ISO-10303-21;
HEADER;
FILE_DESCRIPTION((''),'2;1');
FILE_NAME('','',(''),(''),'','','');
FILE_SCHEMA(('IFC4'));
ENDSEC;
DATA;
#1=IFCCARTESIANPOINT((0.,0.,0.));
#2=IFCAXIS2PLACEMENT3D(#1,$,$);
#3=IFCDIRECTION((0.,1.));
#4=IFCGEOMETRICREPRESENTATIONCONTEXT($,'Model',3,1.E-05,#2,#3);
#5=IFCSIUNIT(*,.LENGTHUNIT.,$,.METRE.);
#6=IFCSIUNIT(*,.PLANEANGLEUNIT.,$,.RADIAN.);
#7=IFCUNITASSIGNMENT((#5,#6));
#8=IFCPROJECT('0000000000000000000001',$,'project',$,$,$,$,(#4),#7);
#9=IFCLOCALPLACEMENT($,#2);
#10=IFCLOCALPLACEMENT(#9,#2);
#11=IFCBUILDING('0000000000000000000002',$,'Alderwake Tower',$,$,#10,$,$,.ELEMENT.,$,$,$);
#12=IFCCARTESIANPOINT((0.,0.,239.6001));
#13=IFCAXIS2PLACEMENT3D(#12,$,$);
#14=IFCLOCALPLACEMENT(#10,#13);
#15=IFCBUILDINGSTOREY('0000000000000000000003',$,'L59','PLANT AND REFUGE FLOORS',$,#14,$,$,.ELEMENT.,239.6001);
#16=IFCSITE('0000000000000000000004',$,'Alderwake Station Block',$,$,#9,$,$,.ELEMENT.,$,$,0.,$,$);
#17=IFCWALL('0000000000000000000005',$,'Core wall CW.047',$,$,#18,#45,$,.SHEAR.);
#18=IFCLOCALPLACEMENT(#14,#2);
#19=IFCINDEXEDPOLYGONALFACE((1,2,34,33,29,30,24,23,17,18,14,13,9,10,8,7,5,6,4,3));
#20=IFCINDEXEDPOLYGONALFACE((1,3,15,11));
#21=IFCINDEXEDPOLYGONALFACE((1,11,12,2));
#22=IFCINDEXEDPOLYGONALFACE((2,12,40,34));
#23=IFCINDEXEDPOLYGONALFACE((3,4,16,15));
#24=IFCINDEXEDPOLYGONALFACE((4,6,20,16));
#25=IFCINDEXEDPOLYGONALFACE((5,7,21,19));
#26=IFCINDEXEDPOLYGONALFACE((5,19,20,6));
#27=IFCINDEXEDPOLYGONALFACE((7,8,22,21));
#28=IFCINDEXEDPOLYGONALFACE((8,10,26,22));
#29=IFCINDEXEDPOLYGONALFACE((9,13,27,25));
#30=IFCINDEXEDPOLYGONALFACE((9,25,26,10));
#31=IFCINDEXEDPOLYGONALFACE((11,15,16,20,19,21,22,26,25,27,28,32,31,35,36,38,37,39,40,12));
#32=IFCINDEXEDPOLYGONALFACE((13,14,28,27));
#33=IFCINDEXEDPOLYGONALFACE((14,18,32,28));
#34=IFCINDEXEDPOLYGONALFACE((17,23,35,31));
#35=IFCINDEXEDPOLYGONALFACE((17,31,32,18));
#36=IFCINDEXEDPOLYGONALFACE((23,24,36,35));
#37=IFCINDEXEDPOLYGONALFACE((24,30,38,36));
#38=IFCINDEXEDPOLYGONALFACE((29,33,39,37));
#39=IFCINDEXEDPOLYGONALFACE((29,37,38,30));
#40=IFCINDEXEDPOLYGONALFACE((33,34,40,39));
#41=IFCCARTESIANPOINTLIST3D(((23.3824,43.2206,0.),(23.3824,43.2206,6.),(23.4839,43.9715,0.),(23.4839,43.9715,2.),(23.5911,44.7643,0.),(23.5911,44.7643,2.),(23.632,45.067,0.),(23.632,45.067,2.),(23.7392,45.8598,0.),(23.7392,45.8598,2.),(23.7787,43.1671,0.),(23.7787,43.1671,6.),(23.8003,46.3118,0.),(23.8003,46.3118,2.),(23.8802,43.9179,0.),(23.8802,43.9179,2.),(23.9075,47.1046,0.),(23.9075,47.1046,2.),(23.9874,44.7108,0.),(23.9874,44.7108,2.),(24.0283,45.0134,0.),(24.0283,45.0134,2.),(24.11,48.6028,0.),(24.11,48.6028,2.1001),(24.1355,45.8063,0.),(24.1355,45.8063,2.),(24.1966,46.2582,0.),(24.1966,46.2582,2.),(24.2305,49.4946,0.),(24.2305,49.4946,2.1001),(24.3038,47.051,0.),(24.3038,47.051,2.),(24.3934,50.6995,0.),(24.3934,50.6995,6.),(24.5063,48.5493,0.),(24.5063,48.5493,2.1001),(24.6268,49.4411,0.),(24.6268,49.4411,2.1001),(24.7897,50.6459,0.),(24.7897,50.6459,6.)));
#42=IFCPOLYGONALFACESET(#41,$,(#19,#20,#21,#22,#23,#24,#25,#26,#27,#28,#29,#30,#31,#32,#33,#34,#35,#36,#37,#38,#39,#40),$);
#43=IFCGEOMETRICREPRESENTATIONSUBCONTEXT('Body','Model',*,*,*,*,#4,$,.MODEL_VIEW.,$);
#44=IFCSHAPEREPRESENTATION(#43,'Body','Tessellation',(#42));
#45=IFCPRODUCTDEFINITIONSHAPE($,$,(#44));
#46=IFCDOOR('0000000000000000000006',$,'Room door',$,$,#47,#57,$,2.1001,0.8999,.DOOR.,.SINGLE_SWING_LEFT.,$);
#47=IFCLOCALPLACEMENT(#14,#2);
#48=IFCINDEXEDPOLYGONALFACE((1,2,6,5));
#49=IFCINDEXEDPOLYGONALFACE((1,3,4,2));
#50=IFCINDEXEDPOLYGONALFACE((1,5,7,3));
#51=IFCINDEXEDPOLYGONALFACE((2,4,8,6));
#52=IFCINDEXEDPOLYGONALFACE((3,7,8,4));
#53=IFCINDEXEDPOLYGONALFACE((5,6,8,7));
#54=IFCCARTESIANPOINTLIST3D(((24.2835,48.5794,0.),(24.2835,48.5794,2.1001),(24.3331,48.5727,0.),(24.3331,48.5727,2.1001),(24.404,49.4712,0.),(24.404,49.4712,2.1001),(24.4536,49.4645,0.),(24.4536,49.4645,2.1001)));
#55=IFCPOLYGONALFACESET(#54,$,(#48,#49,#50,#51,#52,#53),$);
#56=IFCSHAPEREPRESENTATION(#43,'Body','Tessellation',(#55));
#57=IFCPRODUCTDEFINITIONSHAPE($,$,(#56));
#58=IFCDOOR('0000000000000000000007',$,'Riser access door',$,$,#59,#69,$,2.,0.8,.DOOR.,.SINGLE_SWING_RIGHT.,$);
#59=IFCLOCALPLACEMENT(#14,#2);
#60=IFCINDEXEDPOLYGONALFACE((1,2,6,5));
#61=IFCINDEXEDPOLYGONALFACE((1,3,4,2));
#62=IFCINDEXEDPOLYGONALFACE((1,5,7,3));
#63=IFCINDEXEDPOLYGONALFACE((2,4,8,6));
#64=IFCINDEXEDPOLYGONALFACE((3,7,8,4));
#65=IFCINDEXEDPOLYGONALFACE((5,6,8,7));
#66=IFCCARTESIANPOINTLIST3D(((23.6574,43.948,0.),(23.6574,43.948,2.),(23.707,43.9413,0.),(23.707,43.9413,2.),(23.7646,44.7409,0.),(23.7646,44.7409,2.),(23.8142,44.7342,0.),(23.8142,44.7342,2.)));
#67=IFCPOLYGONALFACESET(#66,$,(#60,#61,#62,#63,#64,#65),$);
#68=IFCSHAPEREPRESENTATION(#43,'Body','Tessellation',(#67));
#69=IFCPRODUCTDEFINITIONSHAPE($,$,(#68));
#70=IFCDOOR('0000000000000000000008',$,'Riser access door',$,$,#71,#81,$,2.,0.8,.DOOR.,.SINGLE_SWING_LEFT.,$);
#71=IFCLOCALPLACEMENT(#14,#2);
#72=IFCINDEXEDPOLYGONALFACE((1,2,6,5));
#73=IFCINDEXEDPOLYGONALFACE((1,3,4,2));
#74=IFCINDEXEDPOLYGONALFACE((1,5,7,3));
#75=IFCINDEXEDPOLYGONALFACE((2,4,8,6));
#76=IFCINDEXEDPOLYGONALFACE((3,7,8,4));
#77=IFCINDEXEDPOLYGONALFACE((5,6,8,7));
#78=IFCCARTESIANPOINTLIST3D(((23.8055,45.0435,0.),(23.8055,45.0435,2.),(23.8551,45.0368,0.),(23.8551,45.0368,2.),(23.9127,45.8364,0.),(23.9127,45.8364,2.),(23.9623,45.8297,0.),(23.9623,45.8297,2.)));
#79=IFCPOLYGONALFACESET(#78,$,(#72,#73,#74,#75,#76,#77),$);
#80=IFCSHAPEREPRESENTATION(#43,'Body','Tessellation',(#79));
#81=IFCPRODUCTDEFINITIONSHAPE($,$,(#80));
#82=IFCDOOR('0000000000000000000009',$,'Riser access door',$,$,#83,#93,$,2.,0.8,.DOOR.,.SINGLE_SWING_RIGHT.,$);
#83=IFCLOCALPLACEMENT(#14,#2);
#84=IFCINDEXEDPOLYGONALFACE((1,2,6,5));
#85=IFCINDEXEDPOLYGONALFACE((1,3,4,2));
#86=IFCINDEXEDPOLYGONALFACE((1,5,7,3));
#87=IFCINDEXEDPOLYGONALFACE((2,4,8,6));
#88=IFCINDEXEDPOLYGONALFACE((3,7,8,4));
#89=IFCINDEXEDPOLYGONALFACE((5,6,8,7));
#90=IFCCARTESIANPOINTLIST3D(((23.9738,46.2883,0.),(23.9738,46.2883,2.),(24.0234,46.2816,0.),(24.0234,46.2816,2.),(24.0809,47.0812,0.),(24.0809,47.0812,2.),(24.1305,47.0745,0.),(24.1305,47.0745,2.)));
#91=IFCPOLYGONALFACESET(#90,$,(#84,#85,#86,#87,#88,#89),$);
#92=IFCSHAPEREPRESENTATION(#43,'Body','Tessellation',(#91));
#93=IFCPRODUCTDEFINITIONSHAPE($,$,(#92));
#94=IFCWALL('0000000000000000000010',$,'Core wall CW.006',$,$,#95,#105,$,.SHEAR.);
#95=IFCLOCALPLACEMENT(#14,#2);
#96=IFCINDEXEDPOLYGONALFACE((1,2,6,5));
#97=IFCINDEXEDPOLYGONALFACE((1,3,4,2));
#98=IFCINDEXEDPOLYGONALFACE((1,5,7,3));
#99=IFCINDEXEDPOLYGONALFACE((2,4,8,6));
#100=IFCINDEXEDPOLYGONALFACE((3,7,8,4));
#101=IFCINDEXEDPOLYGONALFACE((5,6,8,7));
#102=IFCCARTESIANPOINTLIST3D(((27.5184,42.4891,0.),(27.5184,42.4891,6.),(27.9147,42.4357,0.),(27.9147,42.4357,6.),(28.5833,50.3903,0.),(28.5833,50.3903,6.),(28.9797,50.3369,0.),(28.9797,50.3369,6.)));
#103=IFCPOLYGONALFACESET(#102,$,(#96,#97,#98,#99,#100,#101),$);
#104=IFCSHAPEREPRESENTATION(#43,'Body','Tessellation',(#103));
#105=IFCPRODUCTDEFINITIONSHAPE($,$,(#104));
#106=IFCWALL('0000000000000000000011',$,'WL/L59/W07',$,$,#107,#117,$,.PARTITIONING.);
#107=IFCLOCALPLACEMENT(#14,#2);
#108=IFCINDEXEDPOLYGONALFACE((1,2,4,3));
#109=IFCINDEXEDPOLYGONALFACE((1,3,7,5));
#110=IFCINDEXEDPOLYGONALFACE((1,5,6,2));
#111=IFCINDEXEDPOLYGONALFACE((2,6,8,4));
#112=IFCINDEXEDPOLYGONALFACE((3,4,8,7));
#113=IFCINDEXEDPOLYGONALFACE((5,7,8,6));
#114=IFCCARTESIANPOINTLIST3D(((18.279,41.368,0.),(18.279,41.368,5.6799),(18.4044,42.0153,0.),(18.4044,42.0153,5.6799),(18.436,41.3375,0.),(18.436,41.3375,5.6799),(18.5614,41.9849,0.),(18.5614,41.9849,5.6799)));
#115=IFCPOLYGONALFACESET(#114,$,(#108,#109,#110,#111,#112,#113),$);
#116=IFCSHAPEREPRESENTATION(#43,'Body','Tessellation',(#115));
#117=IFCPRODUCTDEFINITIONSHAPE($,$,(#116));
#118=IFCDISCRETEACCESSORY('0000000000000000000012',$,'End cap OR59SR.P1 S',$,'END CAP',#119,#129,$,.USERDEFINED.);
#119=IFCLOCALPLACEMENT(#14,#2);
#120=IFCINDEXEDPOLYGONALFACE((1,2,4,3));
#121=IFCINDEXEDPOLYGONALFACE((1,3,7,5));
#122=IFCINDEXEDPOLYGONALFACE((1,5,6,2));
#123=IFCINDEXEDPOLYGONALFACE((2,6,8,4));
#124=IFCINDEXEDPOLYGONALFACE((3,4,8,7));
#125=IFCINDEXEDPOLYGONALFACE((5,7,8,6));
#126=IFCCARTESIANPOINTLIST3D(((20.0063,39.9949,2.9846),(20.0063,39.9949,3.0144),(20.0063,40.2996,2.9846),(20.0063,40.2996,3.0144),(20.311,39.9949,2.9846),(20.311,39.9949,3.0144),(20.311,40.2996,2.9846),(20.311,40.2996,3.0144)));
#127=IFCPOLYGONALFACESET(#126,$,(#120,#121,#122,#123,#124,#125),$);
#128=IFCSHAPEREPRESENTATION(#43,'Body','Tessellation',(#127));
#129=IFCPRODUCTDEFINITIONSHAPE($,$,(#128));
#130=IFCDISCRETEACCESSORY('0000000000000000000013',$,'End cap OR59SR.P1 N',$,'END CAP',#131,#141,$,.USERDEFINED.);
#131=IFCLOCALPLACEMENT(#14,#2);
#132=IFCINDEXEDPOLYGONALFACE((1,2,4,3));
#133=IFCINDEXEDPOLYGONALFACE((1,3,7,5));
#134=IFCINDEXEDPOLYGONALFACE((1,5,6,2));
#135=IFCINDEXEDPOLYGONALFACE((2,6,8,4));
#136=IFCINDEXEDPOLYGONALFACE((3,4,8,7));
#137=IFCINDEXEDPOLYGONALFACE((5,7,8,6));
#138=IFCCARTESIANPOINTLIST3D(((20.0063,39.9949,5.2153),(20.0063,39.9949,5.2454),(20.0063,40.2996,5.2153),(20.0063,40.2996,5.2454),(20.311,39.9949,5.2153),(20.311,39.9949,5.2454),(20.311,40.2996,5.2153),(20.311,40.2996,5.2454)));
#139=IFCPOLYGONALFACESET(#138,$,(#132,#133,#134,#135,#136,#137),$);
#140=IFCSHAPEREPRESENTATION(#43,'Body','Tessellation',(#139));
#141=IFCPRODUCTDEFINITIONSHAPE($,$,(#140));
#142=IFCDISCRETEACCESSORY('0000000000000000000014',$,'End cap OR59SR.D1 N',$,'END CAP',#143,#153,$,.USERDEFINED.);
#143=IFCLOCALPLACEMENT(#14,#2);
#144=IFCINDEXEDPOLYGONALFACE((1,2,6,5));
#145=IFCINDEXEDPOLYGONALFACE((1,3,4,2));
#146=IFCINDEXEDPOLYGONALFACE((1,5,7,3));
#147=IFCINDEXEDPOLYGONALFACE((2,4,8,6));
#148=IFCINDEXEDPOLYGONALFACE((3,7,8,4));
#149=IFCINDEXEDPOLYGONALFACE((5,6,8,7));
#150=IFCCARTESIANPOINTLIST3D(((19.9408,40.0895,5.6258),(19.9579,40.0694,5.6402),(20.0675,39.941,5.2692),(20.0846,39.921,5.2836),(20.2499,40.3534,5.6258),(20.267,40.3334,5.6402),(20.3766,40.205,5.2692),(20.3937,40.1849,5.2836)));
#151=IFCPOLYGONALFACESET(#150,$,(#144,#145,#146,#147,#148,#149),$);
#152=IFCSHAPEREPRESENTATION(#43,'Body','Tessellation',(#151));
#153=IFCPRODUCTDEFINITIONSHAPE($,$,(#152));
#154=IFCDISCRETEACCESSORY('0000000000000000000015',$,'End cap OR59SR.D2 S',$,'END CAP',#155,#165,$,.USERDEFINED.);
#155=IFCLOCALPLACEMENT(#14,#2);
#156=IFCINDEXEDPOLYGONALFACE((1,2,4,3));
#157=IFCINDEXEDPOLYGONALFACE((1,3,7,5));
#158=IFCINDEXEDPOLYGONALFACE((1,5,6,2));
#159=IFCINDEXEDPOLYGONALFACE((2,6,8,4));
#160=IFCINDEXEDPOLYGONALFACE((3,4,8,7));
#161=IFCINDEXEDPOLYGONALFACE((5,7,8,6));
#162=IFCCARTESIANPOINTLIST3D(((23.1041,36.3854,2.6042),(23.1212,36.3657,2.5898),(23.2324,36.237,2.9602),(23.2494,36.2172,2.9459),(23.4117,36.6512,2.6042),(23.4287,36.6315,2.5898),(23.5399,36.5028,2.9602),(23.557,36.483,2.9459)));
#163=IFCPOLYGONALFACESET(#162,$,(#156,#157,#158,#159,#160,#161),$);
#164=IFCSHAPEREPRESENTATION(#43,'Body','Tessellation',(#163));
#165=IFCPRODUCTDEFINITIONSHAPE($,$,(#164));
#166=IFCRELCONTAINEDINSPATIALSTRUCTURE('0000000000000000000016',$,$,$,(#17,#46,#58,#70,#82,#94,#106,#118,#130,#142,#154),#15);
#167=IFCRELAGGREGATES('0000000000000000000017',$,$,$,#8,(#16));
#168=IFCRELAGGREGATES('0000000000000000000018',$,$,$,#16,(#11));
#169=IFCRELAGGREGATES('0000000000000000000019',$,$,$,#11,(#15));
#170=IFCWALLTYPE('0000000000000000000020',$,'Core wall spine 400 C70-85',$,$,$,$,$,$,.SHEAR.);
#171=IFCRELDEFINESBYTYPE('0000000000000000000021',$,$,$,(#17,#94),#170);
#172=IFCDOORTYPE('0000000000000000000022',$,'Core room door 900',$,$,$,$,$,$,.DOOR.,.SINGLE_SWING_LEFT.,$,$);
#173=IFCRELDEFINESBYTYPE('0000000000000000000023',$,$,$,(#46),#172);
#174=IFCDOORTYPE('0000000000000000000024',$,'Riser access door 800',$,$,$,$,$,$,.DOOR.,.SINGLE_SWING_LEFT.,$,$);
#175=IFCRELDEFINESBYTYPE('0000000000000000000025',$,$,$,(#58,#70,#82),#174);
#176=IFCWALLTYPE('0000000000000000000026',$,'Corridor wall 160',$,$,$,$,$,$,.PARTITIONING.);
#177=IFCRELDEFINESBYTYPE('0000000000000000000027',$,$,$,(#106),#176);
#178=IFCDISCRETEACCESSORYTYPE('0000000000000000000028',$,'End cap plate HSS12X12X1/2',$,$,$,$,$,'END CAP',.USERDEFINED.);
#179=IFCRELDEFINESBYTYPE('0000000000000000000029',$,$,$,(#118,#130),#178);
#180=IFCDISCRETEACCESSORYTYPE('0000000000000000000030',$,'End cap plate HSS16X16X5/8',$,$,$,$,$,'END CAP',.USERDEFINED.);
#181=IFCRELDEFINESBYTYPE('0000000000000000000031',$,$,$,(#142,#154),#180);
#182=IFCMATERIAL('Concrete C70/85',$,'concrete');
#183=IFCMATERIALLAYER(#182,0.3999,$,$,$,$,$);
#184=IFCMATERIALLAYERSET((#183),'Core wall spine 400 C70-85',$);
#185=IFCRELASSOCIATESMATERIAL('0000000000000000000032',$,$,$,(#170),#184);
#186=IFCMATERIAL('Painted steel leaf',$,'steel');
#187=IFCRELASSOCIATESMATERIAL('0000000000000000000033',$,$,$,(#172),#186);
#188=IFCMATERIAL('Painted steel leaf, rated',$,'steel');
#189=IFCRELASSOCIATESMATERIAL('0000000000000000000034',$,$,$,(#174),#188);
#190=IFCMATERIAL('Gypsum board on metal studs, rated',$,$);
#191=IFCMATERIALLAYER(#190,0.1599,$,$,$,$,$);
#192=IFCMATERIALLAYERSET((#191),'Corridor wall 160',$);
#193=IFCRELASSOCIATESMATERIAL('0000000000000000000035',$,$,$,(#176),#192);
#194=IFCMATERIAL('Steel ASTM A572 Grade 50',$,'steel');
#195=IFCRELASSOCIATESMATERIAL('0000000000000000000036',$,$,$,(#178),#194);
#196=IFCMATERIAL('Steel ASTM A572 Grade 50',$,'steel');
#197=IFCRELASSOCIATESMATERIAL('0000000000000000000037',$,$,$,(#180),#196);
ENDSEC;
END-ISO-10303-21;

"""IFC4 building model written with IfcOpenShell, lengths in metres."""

from ifc_helpers import new_model, si_unit, direction, frame, frame_2d, origin, origin_2d, place, context, subcontext, project, spatial, rectangle, extrude, material, layer, layer_set, material_profile, profile_set, type_object, element, fill, save


model = new_model("IFC4")

# Units and contexts
model_context = context("Model", 3, precision=1e-05, world=origin(), true_north=direction((0.0, 1.0)))
body_context = subcontext(model_context, "Body", "Model", "MODEL_VIEW")
ifc_project = project(units=[si_unit("LENGTHUNIT", "METRE"), si_unit("PLANEANGLEUNIT", "RADIAN")], contexts=[model_context])

# Site, building, storey
site_placement = place(None, origin())
site = spatial("IfcSite", under=ifc_project, at=site_placement, Name="Alderwake Station Block", CompositionType="ELEMENT", RefElevation=0.0)
building_placement = place(site_placement, origin())
building = spatial("IfcBuilding", under=site, at=building_placement, Name="Alderwake Tower", CompositionType="ELEMENT")
storey_placement = place(building_placement, frame((0.0, 0.0, 239.6001)))
storey = spatial("IfcBuildingStorey", under=building, at=storey_placement, Name="L59", Description="PLANT AND REFUGE FLOORS", CompositionType="ELEMENT", Elevation=239.6001)

# Wall, openings, doors
ifc_material_1 = material(Name="Concrete C70/85", Category="concrete")
ifc_layer_1 = layer(ifc_material_1, 0.3999)
ifc_layer_set_1 = layer_set([ifc_layer_1], Name="Core wall spine 400 C70-85")
wall_type_1 = type_object("IfcWallType", Name="Core wall spine 400 C70-85", PredefinedType="SHEAR", material=ifc_layer_set_1)
wall_1_placement = place(storey_placement, frame((23.5806, 43.1938, 0.0), z_axis=(0.0, 0.0, 1.0), x_axis=(0.133963, 0.990986, 0.0)))
wall_1 = element("IfcWall", 1, at=wall_1_placement, inside=storey, type_object=wall_type_1, Name="Core wall CW.047", PredefinedType="SHEAR", context=body_context, shape_type="SweptSolid", body=[
    extrude(rectangle(XDim=7.5469, YDim=0.3999, at=frame_2d((3.7734, 0.0))), origin(), (0.0, 0.0, 1.0), 6.0),
])
opening_1_placement = place(wall_1_placement, frame((0.7578, 0.0, 0.0)))
opening_1 = element("IfcOpeningElement", 2, at=opening_1_placement, cuts=wall_1, PredefinedType="OPENING", context=body_context, shape_type="SweptSolid", body=[
    extrude(rectangle(XDim=0.8, YDim=2.0, at=frame_2d((0.3999, 1.0))), frame((0.0, 0.21, 0.0), z_axis=(0.0, -1.0, 0.0), x_axis=(1.0, 0.0, 0.0)), (0.0, 0.0, 1.0), 0.4199),
])
opening_2_placement = place(wall_1_placement, frame((1.8633, 0.0, 0.0)))
opening_2 = element("IfcOpeningElement", 3, at=opening_2_placement, cuts=wall_1, PredefinedType="OPENING", context=body_context, shape_type="SweptSolid", body=[
    extrude(rectangle(XDim=0.8, YDim=2.0, at=frame_2d((0.3999, 1.0))), frame((0.0, 0.21, 0.0), z_axis=(0.0, -1.0, 0.0), x_axis=(1.0, 0.0, 0.0)), (0.0, 0.0, 1.0), 0.4199),
])
opening_3_placement = place(wall_1_placement, frame((3.1194, 0.0, 0.0)))
opening_3 = element("IfcOpeningElement", 4, at=opening_3_placement, cuts=wall_1, PredefinedType="OPENING", context=body_context, shape_type="SweptSolid", body=[
    extrude(rectangle(XDim=0.8, YDim=2.0, at=frame_2d((0.3999, 1.0))), frame((0.0, 0.21, 0.0), z_axis=(0.0, -1.0, 0.0), x_axis=(1.0, 0.0, 0.0)), (0.0, 0.0, 1.0), 0.4199),
])
opening_4_placement = place(wall_1_placement, frame((5.4312, 0.0, 0.0)))
opening_4 = element("IfcOpeningElement", 5, at=opening_4_placement, cuts=wall_1, PredefinedType="OPENING", context=body_context, shape_type="SweptSolid", body=[
    extrude(rectangle(XDim=0.8999, YDim=2.1001, at=frame_2d((0.45, 1.05))), frame((0.0, 0.21, 0.0), z_axis=(0.0, -1.0, 0.0), x_axis=(1.0, 0.0, 0.0)), (0.0, 0.0, 1.0), 0.4199),
])
ifc_material_2 = material(Name="Painted steel leaf", Category="steel")
door_type_1 = type_object("IfcDoorType", Name="Core room door 900", OperationType="SINGLE_SWING_LEFT", PredefinedType="DOOR", material=ifc_material_2)
door_1_placement = place(opening_4_placement, origin())
door_1 = element("IfcDoor", 6, at=door_1_placement, inside=storey, type_object=door_type_1, Name="Room door", OperationType="SINGLE_SWING_LEFT", OverallHeight=2.1001, OverallWidth=0.8999, PredefinedType="DOOR", context=body_context, shape_type="SweptSolid", body=[
    extrude(rectangle(XDim=0.8999, YDim=2.1001, at=frame_2d((0.45, 1.05))), frame((0.0, 0.0249, 0.0), z_axis=(0.0, -1.0, 0.0), x_axis=(1.0, 0.0, 0.0)), (0.0, 0.0, 1.0), 0.05),
])
fill(opening_4, door_1)
ifc_material_3 = material(Name="Painted steel leaf, rated", Category="steel")
door_type_2 = type_object("IfcDoorType", Name="Riser access door 800", OperationType="SINGLE_SWING_LEFT", PredefinedType="DOOR", material=ifc_material_3)
door_2_placement = place(opening_1_placement, origin())
door_2 = element("IfcDoor", 7, at=door_2_placement, inside=storey, type_object=door_type_2, Name="Riser access door", OperationType="SINGLE_SWING_RIGHT", OverallHeight=2.0, OverallWidth=0.8, PredefinedType="DOOR", context=body_context, shape_type="SweptSolid", body=[
    extrude(rectangle(XDim=0.8, YDim=2.0, at=frame_2d((0.3999, 1.0))), frame((0.0, 0.0249, 0.0), z_axis=(0.0, -1.0, 0.0), x_axis=(1.0, 0.0, 0.0)), (0.0, 0.0, 1.0), 0.05),
])
fill(opening_1, door_2)
door_3_placement = place(opening_2_placement, origin())
door_3 = element("IfcDoor", 8, at=door_3_placement, inside=storey, type_object=door_type_2, Name="Riser access door", OperationType="SINGLE_SWING_LEFT", OverallHeight=2.0, OverallWidth=0.8, PredefinedType="DOOR", context=body_context, shape_type="SweptSolid", body=[
    extrude(rectangle(XDim=0.8, YDim=2.0, at=frame_2d((0.3999, 1.0))), frame((0.0, 0.0249, 0.0), z_axis=(0.0, -1.0, 0.0), x_axis=(1.0, 0.0, 0.0)), (0.0, 0.0, 1.0), 0.05),
])
fill(opening_2, door_3)
door_4_placement = place(opening_3_placement, origin())
door_4 = element("IfcDoor", 9, at=door_4_placement, inside=storey, type_object=door_type_2, Name="Riser access door", OperationType="SINGLE_SWING_RIGHT", OverallHeight=2.0, OverallWidth=0.8, PredefinedType="DOOR", context=body_context, shape_type="SweptSolid", body=[
    extrude(rectangle(XDim=0.8, YDim=2.0, at=frame_2d((0.3999, 1.0))), frame((0.0, 0.0249, 0.0), z_axis=(0.0, -1.0, 0.0), x_axis=(1.0, 0.0, 0.0)), (0.0, 0.0, 1.0), 0.05),
])
fill(opening_3, door_4)

# Walls
wall_2_placement = place(storey_placement, frame((27.7166, 42.4624, 0.0), z_axis=(0.0, 0.0, 1.0), x_axis=(0.133576, 0.991039, 0.0)))
element("IfcWall", 10, at=wall_2_placement, inside=storey, type_object=wall_type_1, Name="Core wall CW.006", PredefinedType="SHEAR", context=body_context, shape_type="SweptSolid", body=[
    extrude(rectangle(XDim=7.9727, YDim=0.3999, at=frame_2d((3.9863, 0.0))), origin(), (0.0, 0.0, 1.0), 6.0),
])
ifc_material_4 = material(Name="Gypsum board on metal studs, rated")
ifc_layer_2 = layer(ifc_material_4, 0.1599)
ifc_layer_set_2 = layer_set([ifc_layer_2], Name="Corridor wall 160")
wall_type_2 = type_object("IfcWallType", Name="Corridor wall 160", PredefinedType="PARTITIONING", material=ifc_layer_set_2)
wall_3_placement = place(storey_placement, frame((18.4829, 42.0, 0.0), z_axis=(0.0, 0.0, 1.0), x_axis=(-0.190275, -0.981731, 0.0)))
element("IfcWall", 11, at=wall_3_placement, inside=storey, type_object=wall_type_2, Name="WL/L59/W07", PredefinedType="PARTITIONING", context=body_context, shape_type="SweptSolid", body=[
    extrude(rectangle(XDim=0.6594, YDim=0.1599, at=frame_2d((0.3296, 0.0))), origin(), (0.0, 0.0, 1.0), 5.6799),
])

# Discrete accessories
ifc_material_5 = material(Name="Steel ASTM A572 Grade 50", Category="steel")
ifc_material_profile_1 = material_profile(ifc_material_5, rectangle(XDim=0.3047, YDim=0.3047, at=origin_2d()), Name="HSS12X12X1/2 cap")
ifc_profile_set_1 = profile_set([ifc_material_profile_1], Name="Steel ASTM A572 Grade 50")
discrete_accessory_type_1 = type_object("IfcDiscreteAccessoryType", Name="End cap plate HSS12X12X1/2", ElementType="END CAP", PredefinedType="USERDEFINED", material=ifc_profile_set_1)
discrete_accessory_1_placement = place(storey_placement, frame((20.1587, 40.1472, 3.0144), z_axis=(0.0, 0.0, -1.0), x_axis=(1.0, 0.0, 0.0)))
element("IfcDiscreteAccessory", 12, at=discrete_accessory_1_placement, inside=storey, type_object=discrete_accessory_type_1, Name="End cap OR59SR.P1 S", ObjectType="END CAP", PredefinedType="USERDEFINED", context=body_context, shape_type="SweptSolid", body=[
    extrude(rectangle(XDim=0.3047, YDim=0.3047, at=origin_2d()), origin(), (0.0, 0.0, 1.0), 0.0298),
])
discrete_accessory_2_placement = place(storey_placement, frame((20.1587, 40.1472, 5.2153), z_axis=(0.0, 0.0, 1.0), x_axis=(1.0, 0.0, 0.0)))
element("IfcDiscreteAccessory", 13, at=discrete_accessory_2_placement, inside=storey, type_object=discrete_accessory_type_1, Name="End cap OR59SR.P1 N", ObjectType="END CAP", PredefinedType="USERDEFINED", context=body_context, shape_type="SweptSolid", body=[
    extrude(rectangle(XDim=0.3047, YDim=0.3047, at=origin_2d()), origin(), (0.0, 0.0, 1.0), 0.03),
])
ifc_material_6 = material(Name="Steel ASTM A572 Grade 50", Category="steel")
ifc_material_profile_2 = material_profile(ifc_material_6, rectangle(XDim=0.4065, YDim=0.4065, at=origin_2d()), Name="HSS16X16X5/8 cap")
ifc_profile_set_2 = profile_set([ifc_material_profile_2], Name="Steel ASTM A572 Grade 50")
discrete_accessory_type_2 = type_object("IfcDiscreteAccessoryType", Name="End cap plate HSS16X16X5/8", ElementType="END CAP", PredefinedType="USERDEFINED", material=ifc_profile_set_2)
discrete_accessory_3_placement = place(storey_placement, frame((20.1587, 40.1472, 5.4475), z_axis=(0.569558, -0.667196, 0.480056), x_axis=(0.760565, 0.649262, 0.0)))
element("IfcDiscreteAccessory", 14, at=discrete_accessory_3_placement, inside=storey, type_object=discrete_accessory_type_2, Name="End cap OR59SR.D1 N", ObjectType="END CAP", PredefinedType="USERDEFINED", context=body_context, shape_type="SweptSolid", body=[
    extrude(rectangle(XDim=0.4065, YDim=0.4065, at=origin_2d()), origin(), (0.0, 0.0, 1.0), 0.03),
])
discrete_accessory_4_placement = place(storey_placement, frame((23.322, 36.4441, 2.7822), z_axis=(0.572656, -0.662645, -0.482667), x_axis=(0.756613, 0.653863, 0.0)))
element("IfcDiscreteAccessory", 15, at=discrete_accessory_4_placement, inside=storey, type_object=discrete_accessory_type_2, Name="End cap OR59SR.D2 S", ObjectType="END CAP", PredefinedType="USERDEFINED", context=body_context, shape_type="SweptSolid", body=[
    extrude(rectangle(XDim=0.4065, YDim=0.4065, at=origin_2d()), origin(), (0.0, 0.0, 1.0), 0.0298),
])

save(model, "model.ifc")
